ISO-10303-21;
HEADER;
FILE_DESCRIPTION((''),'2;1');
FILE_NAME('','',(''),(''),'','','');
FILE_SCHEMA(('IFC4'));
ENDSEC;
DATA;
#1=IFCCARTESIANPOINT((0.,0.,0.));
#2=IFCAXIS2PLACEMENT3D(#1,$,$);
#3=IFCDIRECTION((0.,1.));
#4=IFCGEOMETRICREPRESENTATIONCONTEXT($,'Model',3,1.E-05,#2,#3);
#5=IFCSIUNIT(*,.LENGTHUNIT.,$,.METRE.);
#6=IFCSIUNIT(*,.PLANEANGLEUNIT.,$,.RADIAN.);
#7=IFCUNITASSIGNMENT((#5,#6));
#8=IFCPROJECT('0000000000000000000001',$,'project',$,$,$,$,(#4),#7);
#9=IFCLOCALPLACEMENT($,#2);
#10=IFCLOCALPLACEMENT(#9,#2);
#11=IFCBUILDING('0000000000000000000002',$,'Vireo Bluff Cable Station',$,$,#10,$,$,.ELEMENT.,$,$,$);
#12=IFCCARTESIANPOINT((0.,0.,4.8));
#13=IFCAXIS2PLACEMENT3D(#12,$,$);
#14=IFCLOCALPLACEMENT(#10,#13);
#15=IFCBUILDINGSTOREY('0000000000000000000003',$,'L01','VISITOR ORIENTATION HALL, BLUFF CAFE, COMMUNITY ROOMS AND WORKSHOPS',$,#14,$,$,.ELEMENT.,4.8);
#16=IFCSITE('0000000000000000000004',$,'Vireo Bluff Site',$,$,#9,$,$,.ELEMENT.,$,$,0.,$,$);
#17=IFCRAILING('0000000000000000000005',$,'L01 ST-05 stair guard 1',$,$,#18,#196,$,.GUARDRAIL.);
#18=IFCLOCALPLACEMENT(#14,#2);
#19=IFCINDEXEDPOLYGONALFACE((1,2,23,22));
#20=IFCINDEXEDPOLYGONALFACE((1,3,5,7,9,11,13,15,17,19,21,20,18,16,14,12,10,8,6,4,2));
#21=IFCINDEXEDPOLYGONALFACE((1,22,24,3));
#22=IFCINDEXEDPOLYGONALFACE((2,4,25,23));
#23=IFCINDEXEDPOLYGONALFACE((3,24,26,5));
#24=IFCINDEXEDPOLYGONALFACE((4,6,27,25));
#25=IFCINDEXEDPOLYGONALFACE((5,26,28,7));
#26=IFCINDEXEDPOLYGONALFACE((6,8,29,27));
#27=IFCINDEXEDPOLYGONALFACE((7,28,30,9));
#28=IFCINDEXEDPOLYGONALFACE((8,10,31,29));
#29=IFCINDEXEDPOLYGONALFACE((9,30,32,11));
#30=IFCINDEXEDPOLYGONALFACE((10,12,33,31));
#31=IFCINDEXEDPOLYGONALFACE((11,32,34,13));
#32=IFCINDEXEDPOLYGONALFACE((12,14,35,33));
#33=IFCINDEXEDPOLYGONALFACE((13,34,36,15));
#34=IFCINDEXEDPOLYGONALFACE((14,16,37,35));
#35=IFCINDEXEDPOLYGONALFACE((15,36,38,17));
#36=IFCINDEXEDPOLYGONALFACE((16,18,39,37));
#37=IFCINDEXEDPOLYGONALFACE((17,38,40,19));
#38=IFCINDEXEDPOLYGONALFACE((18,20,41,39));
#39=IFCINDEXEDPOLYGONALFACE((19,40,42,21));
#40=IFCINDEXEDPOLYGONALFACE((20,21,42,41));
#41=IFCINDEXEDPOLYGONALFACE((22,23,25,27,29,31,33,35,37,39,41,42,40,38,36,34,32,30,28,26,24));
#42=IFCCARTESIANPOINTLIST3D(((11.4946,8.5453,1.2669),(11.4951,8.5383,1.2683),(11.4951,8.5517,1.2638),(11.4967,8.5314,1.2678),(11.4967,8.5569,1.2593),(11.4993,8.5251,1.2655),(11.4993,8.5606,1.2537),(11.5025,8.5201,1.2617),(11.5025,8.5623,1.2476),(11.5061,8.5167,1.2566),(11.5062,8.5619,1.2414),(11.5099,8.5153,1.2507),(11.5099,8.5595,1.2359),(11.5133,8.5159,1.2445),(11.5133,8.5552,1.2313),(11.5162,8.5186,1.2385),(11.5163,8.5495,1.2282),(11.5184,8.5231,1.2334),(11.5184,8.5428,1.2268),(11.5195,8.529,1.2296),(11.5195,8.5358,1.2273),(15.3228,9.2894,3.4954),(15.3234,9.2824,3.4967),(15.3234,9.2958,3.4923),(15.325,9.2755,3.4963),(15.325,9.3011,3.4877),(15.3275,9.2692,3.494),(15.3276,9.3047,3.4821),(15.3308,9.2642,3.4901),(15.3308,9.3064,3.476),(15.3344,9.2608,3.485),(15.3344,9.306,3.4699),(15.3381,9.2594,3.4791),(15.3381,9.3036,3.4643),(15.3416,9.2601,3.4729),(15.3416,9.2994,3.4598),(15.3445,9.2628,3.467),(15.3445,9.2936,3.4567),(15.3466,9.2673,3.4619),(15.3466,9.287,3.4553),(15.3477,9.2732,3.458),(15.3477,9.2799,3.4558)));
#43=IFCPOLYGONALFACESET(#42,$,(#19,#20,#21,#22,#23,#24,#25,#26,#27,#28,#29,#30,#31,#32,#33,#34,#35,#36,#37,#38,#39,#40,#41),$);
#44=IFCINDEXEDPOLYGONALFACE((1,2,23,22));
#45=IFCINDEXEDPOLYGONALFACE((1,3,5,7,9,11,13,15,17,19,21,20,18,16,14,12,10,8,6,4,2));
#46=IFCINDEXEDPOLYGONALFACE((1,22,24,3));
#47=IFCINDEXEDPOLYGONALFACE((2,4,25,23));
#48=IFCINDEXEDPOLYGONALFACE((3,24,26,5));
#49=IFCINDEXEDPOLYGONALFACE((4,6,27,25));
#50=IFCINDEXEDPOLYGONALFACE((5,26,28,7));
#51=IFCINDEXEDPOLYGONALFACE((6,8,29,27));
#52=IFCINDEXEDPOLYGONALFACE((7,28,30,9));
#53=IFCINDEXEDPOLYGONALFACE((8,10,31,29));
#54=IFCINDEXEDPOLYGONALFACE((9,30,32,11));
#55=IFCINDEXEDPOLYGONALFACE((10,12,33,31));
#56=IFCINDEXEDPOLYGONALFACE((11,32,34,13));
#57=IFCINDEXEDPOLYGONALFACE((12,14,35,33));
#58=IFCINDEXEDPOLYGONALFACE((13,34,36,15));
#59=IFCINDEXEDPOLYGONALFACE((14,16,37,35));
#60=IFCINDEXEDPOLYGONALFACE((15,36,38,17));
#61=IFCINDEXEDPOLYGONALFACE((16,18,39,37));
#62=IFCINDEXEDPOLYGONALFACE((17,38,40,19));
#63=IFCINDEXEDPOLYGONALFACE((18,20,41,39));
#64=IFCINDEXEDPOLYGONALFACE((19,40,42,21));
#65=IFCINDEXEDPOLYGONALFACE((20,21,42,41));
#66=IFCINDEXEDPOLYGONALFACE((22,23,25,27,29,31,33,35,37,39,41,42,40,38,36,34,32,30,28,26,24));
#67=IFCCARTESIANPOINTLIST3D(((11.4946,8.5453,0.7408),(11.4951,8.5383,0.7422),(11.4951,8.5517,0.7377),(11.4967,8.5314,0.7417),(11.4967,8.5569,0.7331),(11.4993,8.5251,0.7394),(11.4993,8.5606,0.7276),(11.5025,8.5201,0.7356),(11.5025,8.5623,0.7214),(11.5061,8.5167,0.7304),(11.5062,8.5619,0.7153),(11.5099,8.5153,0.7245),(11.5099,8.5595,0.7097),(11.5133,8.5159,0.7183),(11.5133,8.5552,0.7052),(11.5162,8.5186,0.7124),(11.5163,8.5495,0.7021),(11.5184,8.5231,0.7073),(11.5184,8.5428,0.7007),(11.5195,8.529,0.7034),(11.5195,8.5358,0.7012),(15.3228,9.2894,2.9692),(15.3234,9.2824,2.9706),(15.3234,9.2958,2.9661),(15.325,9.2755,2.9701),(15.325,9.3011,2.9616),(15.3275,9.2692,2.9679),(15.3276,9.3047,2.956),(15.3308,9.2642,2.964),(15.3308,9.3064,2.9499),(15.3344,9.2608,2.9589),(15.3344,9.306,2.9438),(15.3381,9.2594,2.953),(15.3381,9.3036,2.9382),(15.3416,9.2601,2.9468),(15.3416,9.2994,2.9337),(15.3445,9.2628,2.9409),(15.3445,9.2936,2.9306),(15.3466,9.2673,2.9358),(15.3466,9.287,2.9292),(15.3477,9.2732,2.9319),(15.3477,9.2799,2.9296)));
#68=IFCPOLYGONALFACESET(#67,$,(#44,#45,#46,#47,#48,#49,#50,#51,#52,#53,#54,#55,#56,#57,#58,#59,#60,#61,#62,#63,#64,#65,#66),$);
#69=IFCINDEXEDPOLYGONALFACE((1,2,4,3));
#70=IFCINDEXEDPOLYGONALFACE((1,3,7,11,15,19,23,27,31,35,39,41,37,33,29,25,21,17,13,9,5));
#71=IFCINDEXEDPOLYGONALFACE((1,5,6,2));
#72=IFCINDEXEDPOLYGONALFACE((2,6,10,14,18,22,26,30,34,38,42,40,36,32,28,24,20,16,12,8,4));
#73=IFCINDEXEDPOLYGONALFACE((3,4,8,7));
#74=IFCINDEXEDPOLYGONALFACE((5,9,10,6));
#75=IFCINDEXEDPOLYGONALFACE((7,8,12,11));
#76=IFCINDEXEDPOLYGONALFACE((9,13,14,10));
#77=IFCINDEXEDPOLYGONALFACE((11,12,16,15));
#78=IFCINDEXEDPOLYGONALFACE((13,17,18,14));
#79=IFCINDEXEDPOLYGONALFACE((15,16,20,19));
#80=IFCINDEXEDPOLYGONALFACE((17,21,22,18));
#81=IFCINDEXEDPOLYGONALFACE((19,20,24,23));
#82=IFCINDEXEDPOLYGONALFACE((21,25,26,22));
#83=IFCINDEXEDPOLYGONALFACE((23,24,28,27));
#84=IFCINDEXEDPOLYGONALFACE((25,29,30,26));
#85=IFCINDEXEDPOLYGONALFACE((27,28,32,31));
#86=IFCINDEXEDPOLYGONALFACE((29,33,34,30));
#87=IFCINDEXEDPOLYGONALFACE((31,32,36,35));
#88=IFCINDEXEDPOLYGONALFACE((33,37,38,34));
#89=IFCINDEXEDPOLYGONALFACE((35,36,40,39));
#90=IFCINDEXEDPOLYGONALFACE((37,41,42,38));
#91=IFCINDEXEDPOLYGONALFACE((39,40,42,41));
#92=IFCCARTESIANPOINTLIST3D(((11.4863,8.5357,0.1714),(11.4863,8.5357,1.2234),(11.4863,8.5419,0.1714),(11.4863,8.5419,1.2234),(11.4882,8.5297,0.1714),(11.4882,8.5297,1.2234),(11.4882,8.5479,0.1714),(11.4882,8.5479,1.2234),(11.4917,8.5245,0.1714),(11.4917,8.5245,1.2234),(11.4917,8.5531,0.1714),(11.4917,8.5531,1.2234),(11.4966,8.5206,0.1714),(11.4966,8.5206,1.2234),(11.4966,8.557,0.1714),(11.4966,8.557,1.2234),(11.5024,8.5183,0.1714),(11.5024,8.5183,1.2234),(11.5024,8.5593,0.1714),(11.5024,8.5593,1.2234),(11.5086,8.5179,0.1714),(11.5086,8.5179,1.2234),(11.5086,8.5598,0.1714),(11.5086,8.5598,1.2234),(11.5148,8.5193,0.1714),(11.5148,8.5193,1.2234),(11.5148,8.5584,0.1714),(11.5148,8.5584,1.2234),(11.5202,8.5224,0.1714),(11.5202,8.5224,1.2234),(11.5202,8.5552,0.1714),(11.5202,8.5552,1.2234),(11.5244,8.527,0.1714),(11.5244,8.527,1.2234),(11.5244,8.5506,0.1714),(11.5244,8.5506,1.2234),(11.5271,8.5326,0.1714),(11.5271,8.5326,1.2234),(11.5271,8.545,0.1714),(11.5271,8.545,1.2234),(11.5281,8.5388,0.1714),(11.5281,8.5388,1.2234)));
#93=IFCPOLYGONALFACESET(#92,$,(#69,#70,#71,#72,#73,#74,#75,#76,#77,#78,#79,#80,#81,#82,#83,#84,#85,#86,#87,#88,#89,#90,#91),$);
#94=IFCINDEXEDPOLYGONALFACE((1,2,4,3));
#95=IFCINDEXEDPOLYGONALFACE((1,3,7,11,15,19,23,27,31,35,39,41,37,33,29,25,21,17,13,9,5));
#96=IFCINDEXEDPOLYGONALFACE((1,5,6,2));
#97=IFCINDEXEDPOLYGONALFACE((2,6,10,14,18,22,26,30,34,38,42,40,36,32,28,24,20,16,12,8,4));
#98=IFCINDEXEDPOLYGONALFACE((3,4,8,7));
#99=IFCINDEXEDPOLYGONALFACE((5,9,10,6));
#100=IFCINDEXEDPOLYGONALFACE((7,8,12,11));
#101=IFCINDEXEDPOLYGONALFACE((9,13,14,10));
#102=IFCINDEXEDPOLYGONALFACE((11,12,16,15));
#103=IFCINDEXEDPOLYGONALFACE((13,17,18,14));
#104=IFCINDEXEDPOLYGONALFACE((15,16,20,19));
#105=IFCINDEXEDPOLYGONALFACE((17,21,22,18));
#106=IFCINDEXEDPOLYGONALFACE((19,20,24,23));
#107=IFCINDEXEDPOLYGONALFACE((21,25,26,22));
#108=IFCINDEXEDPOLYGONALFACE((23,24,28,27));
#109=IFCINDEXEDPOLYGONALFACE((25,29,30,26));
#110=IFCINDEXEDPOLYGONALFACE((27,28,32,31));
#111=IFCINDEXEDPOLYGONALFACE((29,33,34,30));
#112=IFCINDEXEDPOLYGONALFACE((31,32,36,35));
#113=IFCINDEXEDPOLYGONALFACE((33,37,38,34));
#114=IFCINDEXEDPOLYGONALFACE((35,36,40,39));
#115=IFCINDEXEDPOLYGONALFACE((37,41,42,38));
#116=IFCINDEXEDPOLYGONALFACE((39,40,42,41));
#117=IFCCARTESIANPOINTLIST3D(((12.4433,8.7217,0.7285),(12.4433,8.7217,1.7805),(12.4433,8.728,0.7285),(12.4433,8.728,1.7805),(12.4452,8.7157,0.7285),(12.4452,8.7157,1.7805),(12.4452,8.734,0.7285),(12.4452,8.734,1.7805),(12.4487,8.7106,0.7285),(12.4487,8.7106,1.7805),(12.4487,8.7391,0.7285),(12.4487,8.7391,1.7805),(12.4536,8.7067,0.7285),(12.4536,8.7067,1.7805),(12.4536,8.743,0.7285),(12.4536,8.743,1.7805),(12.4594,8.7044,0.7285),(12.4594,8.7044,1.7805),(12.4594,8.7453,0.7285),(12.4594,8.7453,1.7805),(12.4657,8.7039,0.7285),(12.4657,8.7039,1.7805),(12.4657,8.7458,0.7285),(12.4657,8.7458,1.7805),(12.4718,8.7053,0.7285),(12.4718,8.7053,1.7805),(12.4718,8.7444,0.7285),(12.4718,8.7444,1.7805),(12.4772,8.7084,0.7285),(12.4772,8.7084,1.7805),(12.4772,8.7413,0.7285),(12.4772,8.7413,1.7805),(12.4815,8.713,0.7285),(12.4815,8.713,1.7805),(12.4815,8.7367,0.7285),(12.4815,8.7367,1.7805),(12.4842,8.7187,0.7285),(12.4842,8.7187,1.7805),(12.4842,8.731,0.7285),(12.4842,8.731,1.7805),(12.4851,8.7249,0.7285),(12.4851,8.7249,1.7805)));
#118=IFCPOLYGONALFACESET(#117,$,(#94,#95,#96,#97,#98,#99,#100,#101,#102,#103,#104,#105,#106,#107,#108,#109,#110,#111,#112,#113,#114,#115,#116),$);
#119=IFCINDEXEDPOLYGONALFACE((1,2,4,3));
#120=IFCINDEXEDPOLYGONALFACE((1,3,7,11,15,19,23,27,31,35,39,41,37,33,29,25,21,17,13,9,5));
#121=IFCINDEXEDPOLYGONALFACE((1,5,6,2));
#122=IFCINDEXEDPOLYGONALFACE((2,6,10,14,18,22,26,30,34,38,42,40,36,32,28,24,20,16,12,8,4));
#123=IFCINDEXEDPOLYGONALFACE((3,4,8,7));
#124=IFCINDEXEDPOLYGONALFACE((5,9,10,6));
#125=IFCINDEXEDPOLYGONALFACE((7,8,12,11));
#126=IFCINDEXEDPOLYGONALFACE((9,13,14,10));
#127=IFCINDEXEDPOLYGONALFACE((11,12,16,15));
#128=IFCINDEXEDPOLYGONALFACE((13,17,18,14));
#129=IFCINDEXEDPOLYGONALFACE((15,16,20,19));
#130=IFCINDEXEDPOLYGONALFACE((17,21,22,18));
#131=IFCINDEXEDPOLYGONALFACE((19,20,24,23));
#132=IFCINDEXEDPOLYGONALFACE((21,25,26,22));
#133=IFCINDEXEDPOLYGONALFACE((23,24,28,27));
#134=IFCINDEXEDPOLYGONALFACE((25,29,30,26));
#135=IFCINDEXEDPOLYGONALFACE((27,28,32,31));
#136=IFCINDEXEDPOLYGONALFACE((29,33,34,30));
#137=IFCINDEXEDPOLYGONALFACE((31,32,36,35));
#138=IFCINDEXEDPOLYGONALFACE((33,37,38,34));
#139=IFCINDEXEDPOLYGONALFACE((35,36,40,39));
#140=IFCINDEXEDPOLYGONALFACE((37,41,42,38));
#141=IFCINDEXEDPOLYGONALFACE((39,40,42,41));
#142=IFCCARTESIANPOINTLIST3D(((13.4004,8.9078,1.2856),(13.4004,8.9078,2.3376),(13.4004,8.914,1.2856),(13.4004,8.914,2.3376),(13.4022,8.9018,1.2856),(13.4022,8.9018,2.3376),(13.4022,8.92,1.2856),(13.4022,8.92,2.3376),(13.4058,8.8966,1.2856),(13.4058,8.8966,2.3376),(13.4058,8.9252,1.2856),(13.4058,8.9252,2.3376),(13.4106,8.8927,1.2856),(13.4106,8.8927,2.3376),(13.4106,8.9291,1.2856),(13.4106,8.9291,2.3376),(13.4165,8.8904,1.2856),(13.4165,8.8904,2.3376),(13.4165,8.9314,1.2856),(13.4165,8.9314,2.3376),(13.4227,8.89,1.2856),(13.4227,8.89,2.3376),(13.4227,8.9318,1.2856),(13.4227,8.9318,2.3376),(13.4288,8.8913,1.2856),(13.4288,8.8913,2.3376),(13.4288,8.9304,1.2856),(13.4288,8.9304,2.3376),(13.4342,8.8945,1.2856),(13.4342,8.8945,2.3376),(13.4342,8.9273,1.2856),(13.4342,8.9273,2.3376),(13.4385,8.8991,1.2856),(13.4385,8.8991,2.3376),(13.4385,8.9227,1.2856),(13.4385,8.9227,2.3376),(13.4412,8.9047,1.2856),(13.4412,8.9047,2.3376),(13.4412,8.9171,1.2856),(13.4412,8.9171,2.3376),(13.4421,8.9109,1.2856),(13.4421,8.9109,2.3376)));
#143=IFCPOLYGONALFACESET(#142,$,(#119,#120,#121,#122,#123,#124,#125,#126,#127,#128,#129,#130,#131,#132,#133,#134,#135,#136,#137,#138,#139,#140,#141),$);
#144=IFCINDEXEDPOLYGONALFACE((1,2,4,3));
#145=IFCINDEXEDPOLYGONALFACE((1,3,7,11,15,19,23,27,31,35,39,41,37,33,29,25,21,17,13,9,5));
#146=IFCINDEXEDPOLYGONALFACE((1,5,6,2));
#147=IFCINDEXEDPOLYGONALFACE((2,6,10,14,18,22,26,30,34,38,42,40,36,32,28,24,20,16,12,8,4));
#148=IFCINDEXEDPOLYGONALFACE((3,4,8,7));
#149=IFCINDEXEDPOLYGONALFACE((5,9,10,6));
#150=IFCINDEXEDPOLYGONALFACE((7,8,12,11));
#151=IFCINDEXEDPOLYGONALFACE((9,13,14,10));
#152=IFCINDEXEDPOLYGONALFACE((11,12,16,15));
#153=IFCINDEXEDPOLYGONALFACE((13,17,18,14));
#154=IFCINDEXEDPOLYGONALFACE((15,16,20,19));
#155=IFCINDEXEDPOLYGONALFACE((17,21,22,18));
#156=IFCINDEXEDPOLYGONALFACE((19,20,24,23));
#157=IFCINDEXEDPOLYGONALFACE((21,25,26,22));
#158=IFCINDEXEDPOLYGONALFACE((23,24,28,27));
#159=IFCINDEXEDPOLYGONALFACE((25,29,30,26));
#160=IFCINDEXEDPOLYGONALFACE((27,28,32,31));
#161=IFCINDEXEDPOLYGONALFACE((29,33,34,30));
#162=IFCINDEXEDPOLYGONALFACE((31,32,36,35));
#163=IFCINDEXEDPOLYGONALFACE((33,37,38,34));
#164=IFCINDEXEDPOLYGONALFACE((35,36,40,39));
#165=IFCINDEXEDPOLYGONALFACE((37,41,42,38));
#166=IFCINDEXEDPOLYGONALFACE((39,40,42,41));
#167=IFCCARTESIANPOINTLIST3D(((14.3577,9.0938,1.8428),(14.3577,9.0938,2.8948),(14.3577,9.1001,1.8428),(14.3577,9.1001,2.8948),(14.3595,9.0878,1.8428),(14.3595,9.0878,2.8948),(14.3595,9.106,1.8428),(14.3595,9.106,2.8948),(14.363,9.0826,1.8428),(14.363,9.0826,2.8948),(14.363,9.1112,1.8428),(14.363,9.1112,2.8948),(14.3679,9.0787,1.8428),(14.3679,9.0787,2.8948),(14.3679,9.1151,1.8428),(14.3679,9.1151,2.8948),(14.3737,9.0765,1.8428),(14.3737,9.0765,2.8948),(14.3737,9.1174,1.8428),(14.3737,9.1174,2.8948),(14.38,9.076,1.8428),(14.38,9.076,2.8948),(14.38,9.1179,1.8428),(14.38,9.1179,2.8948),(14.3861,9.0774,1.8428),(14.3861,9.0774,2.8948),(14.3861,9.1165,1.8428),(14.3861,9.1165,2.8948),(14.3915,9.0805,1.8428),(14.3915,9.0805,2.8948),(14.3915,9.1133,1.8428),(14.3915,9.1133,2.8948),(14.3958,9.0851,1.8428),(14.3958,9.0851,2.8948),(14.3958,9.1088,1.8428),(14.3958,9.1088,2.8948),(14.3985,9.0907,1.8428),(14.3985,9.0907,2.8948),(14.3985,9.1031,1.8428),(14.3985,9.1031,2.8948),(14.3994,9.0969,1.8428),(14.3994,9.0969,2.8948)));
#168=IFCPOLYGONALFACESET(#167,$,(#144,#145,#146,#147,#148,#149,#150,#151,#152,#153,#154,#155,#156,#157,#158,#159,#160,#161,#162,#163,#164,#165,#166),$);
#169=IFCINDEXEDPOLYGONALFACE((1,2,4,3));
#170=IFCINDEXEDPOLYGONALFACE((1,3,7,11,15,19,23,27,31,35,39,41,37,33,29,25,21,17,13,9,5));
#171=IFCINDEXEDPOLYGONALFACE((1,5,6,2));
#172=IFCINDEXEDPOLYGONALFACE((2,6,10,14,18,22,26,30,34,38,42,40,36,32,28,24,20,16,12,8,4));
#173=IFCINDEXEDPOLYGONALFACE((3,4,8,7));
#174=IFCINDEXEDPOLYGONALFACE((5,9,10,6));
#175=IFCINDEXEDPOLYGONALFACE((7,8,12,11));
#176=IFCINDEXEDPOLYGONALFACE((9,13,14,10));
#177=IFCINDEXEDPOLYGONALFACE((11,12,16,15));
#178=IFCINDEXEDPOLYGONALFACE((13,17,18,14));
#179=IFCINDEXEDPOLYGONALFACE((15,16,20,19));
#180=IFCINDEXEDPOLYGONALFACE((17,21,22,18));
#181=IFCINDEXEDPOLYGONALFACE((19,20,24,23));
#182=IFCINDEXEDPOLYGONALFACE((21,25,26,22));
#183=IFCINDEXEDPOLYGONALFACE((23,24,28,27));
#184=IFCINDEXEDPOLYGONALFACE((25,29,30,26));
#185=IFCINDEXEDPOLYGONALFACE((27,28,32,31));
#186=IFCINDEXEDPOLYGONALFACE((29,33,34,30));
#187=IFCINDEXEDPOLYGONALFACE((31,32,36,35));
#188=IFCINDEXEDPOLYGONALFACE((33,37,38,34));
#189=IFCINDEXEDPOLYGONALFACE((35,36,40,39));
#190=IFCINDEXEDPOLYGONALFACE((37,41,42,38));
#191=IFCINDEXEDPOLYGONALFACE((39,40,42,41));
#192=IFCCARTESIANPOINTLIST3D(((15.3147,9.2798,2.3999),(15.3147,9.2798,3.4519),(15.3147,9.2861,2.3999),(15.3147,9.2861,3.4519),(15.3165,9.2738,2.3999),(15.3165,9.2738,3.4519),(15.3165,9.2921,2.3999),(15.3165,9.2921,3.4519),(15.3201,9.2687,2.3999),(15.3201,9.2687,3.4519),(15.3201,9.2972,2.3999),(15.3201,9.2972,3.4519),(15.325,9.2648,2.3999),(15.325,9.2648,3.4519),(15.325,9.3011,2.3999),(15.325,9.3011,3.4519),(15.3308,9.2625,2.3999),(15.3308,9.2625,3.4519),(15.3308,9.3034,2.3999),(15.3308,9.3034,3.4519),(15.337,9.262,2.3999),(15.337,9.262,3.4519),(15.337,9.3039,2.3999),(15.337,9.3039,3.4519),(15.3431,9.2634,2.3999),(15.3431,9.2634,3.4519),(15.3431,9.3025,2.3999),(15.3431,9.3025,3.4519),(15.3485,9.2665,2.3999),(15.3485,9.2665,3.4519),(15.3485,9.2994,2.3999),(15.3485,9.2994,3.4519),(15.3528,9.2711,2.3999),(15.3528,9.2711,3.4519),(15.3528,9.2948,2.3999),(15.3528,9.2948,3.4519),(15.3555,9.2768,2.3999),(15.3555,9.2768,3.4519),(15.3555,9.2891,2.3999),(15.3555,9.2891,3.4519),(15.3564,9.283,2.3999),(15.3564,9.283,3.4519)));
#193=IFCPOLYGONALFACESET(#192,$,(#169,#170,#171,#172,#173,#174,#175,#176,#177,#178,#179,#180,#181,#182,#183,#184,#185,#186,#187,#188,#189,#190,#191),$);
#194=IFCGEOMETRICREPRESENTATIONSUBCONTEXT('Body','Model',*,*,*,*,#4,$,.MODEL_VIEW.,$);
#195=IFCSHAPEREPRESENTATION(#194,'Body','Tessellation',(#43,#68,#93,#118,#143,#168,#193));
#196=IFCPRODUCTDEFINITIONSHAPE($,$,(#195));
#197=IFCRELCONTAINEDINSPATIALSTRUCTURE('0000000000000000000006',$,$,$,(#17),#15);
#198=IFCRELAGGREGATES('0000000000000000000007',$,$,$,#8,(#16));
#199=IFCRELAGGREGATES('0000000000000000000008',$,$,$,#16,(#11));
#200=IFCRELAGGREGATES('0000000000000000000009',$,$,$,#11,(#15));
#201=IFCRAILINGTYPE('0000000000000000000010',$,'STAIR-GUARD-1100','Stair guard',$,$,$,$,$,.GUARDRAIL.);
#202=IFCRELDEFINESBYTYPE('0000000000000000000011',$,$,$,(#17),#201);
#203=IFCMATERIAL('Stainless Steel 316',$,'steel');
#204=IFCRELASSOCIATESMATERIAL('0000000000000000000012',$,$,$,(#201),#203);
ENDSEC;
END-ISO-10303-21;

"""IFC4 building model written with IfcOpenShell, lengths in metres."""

from ifc_helpers import new_model, si_unit, direction, frame, origin, origin_2d, place, context, subcontext, project, spatial, circle, extrude, material, type_object, element, save


model = new_model("IFC4")

# Units and contexts
model_context = context("Model", 3, precision=1e-05, world=origin(), true_north=direction((0.0, 1.0)))
body_context = subcontext(model_context, "Body", "Model", "MODEL_VIEW")
ifc_project = project(units=[si_unit("LENGTHUNIT", "METRE"), si_unit("PLANEANGLEUNIT", "RADIAN")], contexts=[model_context])

# Site, building, storey
site_placement = place(None, origin())
site = spatial("IfcSite", under=ifc_project, at=site_placement, Name="Vireo Bluff Site", CompositionType="ELEMENT", RefElevation=0.0)
building_placement = place(site_placement, origin())
building = spatial("IfcBuilding", under=site, at=building_placement, Name="Vireo Bluff Cable Station", CompositionType="ELEMENT")
storey_placement = place(building_placement, frame((0.0, 0.0, 4.8)))
storey = spatial("IfcBuildingStorey", under=building, at=storey_placement, Name="L01", Description="VISITOR ORIENTATION HALL, BLUFF CAFE, COMMUNITY ROOMS AND WORKSHOPS", CompositionType="ELEMENT", Elevation=4.8)

# Shared definitions
ifc_material_1 = material(Name="Stainless Steel 316", Category="steel")

# Railing
railing_type_1 = type_object("IfcRailingType", Name="STAIR-GUARD-1100", Description="Stair guard", PredefinedType="GUARDRAIL", material=ifc_material_1)
railing_1_placement = place(storey_placement, frame((11.5071, 8.5388, 0.1714)))
element("IfcRailing", 1, at=railing_1_placement, inside=storey, type_object=railing_type_1, Name="L01 ST-05 stair guard 1", PredefinedType="GUARDRAIL", context=body_context, shape_type="SweptSolid", body=[
    extrude(circle(Radius=0.0239, at=origin_2d()), frame((0.0, 0.0, 1.0762), z_axis=(0.852298, 0.165666, 0.496128), x_axis=(-0.190804, 0.981628, 0.0)), (0.0, 0.0, 1.0), 4.4917),
    extrude(circle(Radius=0.0239, at=origin_2d()), frame((0.0, 0.0, 0.55), z_axis=(0.852298, 0.165666, 0.496128), x_axis=(-0.190804, 0.981628, 0.0)), (0.0, 0.0, 1.0), 4.4917),
    extrude(circle(Radius=0.021, at=origin_2d()), origin(), (0.0, 0.0, 1.0), 1.052),
    extrude(circle(Radius=0.021, at=origin_2d()), frame((0.957, 0.186, 0.5571)), (0.0, 0.0, 1.0), 1.052),
    extrude(circle(Radius=0.021, at=origin_2d()), frame((1.9141, 0.3721, 1.1143)), (0.0, 0.0, 1.0), 1.052),
    extrude(circle(Radius=0.021, at=origin_2d()), frame((2.8713, 0.5581, 1.6714)), (0.0, 0.0, 1.0), 1.052),
    extrude(circle(Radius=0.021, at=origin_2d()), frame((3.8284, 0.7441, 2.2285)), (0.0, 0.0, 1.0), 1.052),
])

save(model, "model.ifc")
